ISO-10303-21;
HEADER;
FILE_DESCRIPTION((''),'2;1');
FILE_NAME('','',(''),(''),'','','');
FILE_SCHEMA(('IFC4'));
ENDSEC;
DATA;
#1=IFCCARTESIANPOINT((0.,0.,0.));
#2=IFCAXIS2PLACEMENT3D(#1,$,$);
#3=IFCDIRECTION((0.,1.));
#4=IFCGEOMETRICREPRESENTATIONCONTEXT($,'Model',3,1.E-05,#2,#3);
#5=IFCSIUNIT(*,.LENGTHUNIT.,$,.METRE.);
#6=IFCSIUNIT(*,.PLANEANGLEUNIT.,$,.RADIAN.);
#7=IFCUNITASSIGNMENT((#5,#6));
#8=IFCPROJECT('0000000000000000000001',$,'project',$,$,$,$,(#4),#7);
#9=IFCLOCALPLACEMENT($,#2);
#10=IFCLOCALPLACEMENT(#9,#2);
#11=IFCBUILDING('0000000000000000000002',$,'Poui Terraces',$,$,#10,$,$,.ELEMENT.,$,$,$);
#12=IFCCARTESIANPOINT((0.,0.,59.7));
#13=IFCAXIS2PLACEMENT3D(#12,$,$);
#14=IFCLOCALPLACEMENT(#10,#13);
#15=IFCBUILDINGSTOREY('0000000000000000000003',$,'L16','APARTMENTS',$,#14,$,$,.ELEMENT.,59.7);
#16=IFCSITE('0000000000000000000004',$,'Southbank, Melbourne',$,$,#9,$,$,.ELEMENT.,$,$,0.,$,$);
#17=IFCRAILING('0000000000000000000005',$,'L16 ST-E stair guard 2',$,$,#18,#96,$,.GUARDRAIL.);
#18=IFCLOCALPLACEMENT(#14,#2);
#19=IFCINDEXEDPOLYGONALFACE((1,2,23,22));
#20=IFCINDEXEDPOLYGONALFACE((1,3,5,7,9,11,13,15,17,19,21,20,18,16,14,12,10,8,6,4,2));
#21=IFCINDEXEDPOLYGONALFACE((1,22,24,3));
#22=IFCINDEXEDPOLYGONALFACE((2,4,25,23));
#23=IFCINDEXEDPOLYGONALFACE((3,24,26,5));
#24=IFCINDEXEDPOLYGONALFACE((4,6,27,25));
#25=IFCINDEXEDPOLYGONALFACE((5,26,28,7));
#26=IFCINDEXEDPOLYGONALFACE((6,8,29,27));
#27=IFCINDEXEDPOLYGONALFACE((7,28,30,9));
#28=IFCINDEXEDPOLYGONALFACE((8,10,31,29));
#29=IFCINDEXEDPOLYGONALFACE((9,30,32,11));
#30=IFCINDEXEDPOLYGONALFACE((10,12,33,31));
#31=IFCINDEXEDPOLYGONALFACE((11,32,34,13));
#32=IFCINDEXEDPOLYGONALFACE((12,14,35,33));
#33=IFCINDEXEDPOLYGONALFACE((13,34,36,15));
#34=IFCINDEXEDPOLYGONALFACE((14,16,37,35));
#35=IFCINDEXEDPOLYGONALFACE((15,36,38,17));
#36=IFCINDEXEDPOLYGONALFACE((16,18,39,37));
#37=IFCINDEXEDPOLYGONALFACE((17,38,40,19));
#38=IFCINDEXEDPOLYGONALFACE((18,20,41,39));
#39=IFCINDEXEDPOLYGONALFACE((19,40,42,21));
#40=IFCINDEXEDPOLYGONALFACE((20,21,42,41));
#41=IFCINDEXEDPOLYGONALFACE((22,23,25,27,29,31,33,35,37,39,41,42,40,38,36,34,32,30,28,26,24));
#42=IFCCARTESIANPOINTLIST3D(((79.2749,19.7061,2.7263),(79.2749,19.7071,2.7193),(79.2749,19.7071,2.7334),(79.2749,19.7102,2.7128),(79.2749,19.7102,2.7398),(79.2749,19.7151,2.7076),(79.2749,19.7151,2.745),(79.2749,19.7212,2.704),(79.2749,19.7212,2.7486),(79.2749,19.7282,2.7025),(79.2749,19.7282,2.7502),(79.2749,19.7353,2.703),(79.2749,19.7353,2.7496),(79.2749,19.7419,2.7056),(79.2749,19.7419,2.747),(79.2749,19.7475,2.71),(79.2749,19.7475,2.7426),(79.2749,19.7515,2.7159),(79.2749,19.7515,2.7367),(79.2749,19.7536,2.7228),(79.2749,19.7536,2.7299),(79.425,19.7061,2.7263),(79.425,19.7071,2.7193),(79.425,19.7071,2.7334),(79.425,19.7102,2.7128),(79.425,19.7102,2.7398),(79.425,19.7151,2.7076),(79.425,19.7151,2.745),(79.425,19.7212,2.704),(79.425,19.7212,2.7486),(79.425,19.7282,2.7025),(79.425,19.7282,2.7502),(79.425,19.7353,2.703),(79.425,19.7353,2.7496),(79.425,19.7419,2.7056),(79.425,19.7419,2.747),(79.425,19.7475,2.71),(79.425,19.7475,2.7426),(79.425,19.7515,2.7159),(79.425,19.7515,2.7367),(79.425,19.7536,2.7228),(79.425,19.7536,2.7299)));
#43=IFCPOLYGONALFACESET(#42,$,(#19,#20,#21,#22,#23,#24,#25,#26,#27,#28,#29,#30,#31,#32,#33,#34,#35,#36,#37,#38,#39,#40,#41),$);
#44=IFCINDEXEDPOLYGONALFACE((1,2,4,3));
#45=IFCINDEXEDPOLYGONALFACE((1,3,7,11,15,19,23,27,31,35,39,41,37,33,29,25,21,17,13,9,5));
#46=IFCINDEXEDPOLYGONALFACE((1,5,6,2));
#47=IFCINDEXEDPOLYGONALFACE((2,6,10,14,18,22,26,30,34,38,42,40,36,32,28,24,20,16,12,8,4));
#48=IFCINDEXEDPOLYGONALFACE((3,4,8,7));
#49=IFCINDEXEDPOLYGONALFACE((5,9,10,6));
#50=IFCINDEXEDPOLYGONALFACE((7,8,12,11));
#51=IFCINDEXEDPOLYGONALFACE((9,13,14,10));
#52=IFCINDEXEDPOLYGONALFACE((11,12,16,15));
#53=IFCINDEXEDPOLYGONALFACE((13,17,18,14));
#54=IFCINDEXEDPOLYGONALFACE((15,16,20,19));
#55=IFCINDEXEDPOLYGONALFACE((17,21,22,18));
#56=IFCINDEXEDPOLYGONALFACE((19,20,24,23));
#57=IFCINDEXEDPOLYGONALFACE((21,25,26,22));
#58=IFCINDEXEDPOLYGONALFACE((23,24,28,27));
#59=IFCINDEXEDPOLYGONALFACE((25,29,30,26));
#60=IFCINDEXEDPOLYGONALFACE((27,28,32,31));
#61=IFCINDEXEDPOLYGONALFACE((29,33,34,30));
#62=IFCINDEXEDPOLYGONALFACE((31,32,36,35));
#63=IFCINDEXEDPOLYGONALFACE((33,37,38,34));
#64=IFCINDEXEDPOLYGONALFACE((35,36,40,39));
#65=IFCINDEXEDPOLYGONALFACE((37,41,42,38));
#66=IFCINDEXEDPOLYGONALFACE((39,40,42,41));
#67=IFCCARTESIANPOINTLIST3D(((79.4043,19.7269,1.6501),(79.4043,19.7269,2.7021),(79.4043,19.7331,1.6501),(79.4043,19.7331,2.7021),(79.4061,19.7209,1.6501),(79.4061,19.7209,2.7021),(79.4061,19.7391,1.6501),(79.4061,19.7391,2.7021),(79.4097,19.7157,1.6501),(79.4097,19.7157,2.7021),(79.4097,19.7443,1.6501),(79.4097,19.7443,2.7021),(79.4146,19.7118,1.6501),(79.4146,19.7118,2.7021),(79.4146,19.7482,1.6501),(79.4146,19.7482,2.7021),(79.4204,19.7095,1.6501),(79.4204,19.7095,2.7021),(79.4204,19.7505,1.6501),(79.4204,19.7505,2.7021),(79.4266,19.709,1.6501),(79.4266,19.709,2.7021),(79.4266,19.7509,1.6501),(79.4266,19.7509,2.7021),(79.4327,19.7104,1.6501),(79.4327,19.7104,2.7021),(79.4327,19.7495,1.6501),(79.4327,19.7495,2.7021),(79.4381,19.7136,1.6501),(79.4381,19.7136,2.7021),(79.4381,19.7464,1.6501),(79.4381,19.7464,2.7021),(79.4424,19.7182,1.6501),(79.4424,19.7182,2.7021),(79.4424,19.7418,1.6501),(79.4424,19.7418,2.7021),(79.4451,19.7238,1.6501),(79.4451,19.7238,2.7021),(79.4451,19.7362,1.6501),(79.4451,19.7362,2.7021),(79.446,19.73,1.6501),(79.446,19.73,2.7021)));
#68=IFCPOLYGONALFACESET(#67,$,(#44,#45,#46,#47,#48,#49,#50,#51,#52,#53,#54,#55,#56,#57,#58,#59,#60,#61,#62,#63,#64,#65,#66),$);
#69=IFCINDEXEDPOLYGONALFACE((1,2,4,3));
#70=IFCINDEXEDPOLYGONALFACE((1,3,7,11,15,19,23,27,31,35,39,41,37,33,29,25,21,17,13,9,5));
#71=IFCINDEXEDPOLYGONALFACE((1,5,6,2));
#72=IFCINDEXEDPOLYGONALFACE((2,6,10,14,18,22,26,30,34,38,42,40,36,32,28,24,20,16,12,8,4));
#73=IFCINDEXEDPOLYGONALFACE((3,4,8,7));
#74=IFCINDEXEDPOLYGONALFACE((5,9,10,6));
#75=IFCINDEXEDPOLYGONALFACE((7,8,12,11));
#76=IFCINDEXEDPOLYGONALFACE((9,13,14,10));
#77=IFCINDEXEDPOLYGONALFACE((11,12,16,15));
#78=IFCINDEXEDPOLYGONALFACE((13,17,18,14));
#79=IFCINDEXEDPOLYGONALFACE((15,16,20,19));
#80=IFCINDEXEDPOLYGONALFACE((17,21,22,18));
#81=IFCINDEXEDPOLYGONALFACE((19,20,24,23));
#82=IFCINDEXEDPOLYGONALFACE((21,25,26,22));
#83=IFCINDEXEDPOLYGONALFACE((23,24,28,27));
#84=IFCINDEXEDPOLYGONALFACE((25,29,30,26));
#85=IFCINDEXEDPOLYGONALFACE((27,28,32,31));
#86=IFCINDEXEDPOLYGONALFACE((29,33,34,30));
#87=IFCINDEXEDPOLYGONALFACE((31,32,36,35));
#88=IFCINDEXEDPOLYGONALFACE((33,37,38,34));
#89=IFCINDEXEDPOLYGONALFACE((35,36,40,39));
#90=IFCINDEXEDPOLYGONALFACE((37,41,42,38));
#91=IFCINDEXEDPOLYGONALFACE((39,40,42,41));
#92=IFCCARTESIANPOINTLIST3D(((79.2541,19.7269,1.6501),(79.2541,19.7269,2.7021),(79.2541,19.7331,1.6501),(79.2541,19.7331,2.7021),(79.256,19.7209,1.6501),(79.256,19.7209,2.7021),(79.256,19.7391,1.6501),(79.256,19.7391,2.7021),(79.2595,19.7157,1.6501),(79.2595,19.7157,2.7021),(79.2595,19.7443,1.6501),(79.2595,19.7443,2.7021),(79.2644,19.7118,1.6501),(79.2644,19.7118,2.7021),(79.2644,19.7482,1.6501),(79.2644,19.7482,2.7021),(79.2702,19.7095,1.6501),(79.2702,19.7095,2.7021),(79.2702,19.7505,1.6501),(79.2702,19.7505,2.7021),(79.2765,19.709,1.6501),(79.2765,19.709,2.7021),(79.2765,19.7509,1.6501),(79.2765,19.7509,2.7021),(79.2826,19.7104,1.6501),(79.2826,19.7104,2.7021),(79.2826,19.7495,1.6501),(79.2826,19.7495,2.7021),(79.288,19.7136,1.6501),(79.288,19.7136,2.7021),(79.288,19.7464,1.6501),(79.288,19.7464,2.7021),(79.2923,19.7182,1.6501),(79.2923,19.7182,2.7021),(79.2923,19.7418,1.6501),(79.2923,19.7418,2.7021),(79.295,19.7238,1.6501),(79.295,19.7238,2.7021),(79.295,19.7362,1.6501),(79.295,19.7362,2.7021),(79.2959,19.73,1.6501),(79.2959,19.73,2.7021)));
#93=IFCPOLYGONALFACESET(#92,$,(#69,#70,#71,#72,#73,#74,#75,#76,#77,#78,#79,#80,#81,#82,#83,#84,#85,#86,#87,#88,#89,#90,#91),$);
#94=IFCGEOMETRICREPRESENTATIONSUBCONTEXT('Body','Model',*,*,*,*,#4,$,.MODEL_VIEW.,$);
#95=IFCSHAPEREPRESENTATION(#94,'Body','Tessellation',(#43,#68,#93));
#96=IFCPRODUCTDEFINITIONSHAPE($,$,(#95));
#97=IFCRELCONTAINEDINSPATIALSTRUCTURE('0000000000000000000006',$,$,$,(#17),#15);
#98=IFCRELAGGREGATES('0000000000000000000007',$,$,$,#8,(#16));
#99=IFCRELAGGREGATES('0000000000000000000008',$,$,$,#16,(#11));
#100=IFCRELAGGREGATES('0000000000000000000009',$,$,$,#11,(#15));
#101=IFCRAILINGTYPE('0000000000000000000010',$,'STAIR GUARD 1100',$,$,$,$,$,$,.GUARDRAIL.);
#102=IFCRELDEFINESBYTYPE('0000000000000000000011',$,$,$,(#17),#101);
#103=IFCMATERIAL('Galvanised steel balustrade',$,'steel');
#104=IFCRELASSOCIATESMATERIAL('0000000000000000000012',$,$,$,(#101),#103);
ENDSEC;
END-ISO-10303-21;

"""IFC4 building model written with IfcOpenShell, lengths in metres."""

from ifc_helpers import new_model, si_unit, direction, frame, origin, origin_2d, place, context, subcontext, project, spatial, circle, extrude, material, type_object, element, save


model = new_model("IFC4")

# Units and contexts
model_context = context("Model", 3, precision=1e-05, world=origin(), true_north=direction((0.0, 1.0)))
body_context = subcontext(model_context, "Body", "Model", "MODEL_VIEW")
ifc_project = project(units=[si_unit("LENGTHUNIT", "METRE"), si_unit("PLANEANGLEUNIT", "RADIAN")], contexts=[model_context])

# Site, building, storey
site_placement = place(None, origin())
site = spatial("IfcSite", under=ifc_project, at=site_placement, Name="Southbank, Melbourne", CompositionType="ELEMENT", RefElevation=0.0)
building_placement = place(site_placement, origin())
building = spatial("IfcBuilding", under=site, at=building_placement, Name="Poui Terraces", CompositionType="ELEMENT")
storey_placement = place(building_placement, frame((0.0, 0.0, 59.7)))
storey = spatial("IfcBuildingStorey", under=building, at=storey_placement, Name="L16", Description="APARTMENTS", CompositionType="ELEMENT", Elevation=59.7)

# Railing
ifc_material_1 = material(Name="Galvanised steel balustrade", Category="steel")
railing_type_1 = type_object("IfcRailingType", Name="STAIR GUARD 1100", PredefinedType="GUARDRAIL", material=ifc_material_1)
railing_1_placement = place(storey_placement, frame((79.425, 19.73, 1.6501)))
element("IfcRailing", 1, at=railing_1_placement, inside=storey, type_object=railing_type_1, Name="L16 ST-E stair guard 2", PredefinedType="GUARDRAIL", context=body_context, shape_type="SweptSolid", body=[
    extrude(circle(Radius=0.0239, at=origin_2d()), frame((0.0, 0.0, 1.0762), z_axis=(-1.0, 0.0, 0.0), x_axis=(0.0, -1.0, 0.0)), (0.0, 0.0, 1.0), 0.1501),
    extrude(circle(Radius=0.021, at=origin_2d()), origin(), (0.0, 0.0, 1.0), 1.052),
    extrude(circle(Radius=0.021, at=origin_2d()), frame((-0.1501, 0.0, 0.0)), (0.0, 0.0, 1.0), 1.052),
])

save(model, "model.ifc")
